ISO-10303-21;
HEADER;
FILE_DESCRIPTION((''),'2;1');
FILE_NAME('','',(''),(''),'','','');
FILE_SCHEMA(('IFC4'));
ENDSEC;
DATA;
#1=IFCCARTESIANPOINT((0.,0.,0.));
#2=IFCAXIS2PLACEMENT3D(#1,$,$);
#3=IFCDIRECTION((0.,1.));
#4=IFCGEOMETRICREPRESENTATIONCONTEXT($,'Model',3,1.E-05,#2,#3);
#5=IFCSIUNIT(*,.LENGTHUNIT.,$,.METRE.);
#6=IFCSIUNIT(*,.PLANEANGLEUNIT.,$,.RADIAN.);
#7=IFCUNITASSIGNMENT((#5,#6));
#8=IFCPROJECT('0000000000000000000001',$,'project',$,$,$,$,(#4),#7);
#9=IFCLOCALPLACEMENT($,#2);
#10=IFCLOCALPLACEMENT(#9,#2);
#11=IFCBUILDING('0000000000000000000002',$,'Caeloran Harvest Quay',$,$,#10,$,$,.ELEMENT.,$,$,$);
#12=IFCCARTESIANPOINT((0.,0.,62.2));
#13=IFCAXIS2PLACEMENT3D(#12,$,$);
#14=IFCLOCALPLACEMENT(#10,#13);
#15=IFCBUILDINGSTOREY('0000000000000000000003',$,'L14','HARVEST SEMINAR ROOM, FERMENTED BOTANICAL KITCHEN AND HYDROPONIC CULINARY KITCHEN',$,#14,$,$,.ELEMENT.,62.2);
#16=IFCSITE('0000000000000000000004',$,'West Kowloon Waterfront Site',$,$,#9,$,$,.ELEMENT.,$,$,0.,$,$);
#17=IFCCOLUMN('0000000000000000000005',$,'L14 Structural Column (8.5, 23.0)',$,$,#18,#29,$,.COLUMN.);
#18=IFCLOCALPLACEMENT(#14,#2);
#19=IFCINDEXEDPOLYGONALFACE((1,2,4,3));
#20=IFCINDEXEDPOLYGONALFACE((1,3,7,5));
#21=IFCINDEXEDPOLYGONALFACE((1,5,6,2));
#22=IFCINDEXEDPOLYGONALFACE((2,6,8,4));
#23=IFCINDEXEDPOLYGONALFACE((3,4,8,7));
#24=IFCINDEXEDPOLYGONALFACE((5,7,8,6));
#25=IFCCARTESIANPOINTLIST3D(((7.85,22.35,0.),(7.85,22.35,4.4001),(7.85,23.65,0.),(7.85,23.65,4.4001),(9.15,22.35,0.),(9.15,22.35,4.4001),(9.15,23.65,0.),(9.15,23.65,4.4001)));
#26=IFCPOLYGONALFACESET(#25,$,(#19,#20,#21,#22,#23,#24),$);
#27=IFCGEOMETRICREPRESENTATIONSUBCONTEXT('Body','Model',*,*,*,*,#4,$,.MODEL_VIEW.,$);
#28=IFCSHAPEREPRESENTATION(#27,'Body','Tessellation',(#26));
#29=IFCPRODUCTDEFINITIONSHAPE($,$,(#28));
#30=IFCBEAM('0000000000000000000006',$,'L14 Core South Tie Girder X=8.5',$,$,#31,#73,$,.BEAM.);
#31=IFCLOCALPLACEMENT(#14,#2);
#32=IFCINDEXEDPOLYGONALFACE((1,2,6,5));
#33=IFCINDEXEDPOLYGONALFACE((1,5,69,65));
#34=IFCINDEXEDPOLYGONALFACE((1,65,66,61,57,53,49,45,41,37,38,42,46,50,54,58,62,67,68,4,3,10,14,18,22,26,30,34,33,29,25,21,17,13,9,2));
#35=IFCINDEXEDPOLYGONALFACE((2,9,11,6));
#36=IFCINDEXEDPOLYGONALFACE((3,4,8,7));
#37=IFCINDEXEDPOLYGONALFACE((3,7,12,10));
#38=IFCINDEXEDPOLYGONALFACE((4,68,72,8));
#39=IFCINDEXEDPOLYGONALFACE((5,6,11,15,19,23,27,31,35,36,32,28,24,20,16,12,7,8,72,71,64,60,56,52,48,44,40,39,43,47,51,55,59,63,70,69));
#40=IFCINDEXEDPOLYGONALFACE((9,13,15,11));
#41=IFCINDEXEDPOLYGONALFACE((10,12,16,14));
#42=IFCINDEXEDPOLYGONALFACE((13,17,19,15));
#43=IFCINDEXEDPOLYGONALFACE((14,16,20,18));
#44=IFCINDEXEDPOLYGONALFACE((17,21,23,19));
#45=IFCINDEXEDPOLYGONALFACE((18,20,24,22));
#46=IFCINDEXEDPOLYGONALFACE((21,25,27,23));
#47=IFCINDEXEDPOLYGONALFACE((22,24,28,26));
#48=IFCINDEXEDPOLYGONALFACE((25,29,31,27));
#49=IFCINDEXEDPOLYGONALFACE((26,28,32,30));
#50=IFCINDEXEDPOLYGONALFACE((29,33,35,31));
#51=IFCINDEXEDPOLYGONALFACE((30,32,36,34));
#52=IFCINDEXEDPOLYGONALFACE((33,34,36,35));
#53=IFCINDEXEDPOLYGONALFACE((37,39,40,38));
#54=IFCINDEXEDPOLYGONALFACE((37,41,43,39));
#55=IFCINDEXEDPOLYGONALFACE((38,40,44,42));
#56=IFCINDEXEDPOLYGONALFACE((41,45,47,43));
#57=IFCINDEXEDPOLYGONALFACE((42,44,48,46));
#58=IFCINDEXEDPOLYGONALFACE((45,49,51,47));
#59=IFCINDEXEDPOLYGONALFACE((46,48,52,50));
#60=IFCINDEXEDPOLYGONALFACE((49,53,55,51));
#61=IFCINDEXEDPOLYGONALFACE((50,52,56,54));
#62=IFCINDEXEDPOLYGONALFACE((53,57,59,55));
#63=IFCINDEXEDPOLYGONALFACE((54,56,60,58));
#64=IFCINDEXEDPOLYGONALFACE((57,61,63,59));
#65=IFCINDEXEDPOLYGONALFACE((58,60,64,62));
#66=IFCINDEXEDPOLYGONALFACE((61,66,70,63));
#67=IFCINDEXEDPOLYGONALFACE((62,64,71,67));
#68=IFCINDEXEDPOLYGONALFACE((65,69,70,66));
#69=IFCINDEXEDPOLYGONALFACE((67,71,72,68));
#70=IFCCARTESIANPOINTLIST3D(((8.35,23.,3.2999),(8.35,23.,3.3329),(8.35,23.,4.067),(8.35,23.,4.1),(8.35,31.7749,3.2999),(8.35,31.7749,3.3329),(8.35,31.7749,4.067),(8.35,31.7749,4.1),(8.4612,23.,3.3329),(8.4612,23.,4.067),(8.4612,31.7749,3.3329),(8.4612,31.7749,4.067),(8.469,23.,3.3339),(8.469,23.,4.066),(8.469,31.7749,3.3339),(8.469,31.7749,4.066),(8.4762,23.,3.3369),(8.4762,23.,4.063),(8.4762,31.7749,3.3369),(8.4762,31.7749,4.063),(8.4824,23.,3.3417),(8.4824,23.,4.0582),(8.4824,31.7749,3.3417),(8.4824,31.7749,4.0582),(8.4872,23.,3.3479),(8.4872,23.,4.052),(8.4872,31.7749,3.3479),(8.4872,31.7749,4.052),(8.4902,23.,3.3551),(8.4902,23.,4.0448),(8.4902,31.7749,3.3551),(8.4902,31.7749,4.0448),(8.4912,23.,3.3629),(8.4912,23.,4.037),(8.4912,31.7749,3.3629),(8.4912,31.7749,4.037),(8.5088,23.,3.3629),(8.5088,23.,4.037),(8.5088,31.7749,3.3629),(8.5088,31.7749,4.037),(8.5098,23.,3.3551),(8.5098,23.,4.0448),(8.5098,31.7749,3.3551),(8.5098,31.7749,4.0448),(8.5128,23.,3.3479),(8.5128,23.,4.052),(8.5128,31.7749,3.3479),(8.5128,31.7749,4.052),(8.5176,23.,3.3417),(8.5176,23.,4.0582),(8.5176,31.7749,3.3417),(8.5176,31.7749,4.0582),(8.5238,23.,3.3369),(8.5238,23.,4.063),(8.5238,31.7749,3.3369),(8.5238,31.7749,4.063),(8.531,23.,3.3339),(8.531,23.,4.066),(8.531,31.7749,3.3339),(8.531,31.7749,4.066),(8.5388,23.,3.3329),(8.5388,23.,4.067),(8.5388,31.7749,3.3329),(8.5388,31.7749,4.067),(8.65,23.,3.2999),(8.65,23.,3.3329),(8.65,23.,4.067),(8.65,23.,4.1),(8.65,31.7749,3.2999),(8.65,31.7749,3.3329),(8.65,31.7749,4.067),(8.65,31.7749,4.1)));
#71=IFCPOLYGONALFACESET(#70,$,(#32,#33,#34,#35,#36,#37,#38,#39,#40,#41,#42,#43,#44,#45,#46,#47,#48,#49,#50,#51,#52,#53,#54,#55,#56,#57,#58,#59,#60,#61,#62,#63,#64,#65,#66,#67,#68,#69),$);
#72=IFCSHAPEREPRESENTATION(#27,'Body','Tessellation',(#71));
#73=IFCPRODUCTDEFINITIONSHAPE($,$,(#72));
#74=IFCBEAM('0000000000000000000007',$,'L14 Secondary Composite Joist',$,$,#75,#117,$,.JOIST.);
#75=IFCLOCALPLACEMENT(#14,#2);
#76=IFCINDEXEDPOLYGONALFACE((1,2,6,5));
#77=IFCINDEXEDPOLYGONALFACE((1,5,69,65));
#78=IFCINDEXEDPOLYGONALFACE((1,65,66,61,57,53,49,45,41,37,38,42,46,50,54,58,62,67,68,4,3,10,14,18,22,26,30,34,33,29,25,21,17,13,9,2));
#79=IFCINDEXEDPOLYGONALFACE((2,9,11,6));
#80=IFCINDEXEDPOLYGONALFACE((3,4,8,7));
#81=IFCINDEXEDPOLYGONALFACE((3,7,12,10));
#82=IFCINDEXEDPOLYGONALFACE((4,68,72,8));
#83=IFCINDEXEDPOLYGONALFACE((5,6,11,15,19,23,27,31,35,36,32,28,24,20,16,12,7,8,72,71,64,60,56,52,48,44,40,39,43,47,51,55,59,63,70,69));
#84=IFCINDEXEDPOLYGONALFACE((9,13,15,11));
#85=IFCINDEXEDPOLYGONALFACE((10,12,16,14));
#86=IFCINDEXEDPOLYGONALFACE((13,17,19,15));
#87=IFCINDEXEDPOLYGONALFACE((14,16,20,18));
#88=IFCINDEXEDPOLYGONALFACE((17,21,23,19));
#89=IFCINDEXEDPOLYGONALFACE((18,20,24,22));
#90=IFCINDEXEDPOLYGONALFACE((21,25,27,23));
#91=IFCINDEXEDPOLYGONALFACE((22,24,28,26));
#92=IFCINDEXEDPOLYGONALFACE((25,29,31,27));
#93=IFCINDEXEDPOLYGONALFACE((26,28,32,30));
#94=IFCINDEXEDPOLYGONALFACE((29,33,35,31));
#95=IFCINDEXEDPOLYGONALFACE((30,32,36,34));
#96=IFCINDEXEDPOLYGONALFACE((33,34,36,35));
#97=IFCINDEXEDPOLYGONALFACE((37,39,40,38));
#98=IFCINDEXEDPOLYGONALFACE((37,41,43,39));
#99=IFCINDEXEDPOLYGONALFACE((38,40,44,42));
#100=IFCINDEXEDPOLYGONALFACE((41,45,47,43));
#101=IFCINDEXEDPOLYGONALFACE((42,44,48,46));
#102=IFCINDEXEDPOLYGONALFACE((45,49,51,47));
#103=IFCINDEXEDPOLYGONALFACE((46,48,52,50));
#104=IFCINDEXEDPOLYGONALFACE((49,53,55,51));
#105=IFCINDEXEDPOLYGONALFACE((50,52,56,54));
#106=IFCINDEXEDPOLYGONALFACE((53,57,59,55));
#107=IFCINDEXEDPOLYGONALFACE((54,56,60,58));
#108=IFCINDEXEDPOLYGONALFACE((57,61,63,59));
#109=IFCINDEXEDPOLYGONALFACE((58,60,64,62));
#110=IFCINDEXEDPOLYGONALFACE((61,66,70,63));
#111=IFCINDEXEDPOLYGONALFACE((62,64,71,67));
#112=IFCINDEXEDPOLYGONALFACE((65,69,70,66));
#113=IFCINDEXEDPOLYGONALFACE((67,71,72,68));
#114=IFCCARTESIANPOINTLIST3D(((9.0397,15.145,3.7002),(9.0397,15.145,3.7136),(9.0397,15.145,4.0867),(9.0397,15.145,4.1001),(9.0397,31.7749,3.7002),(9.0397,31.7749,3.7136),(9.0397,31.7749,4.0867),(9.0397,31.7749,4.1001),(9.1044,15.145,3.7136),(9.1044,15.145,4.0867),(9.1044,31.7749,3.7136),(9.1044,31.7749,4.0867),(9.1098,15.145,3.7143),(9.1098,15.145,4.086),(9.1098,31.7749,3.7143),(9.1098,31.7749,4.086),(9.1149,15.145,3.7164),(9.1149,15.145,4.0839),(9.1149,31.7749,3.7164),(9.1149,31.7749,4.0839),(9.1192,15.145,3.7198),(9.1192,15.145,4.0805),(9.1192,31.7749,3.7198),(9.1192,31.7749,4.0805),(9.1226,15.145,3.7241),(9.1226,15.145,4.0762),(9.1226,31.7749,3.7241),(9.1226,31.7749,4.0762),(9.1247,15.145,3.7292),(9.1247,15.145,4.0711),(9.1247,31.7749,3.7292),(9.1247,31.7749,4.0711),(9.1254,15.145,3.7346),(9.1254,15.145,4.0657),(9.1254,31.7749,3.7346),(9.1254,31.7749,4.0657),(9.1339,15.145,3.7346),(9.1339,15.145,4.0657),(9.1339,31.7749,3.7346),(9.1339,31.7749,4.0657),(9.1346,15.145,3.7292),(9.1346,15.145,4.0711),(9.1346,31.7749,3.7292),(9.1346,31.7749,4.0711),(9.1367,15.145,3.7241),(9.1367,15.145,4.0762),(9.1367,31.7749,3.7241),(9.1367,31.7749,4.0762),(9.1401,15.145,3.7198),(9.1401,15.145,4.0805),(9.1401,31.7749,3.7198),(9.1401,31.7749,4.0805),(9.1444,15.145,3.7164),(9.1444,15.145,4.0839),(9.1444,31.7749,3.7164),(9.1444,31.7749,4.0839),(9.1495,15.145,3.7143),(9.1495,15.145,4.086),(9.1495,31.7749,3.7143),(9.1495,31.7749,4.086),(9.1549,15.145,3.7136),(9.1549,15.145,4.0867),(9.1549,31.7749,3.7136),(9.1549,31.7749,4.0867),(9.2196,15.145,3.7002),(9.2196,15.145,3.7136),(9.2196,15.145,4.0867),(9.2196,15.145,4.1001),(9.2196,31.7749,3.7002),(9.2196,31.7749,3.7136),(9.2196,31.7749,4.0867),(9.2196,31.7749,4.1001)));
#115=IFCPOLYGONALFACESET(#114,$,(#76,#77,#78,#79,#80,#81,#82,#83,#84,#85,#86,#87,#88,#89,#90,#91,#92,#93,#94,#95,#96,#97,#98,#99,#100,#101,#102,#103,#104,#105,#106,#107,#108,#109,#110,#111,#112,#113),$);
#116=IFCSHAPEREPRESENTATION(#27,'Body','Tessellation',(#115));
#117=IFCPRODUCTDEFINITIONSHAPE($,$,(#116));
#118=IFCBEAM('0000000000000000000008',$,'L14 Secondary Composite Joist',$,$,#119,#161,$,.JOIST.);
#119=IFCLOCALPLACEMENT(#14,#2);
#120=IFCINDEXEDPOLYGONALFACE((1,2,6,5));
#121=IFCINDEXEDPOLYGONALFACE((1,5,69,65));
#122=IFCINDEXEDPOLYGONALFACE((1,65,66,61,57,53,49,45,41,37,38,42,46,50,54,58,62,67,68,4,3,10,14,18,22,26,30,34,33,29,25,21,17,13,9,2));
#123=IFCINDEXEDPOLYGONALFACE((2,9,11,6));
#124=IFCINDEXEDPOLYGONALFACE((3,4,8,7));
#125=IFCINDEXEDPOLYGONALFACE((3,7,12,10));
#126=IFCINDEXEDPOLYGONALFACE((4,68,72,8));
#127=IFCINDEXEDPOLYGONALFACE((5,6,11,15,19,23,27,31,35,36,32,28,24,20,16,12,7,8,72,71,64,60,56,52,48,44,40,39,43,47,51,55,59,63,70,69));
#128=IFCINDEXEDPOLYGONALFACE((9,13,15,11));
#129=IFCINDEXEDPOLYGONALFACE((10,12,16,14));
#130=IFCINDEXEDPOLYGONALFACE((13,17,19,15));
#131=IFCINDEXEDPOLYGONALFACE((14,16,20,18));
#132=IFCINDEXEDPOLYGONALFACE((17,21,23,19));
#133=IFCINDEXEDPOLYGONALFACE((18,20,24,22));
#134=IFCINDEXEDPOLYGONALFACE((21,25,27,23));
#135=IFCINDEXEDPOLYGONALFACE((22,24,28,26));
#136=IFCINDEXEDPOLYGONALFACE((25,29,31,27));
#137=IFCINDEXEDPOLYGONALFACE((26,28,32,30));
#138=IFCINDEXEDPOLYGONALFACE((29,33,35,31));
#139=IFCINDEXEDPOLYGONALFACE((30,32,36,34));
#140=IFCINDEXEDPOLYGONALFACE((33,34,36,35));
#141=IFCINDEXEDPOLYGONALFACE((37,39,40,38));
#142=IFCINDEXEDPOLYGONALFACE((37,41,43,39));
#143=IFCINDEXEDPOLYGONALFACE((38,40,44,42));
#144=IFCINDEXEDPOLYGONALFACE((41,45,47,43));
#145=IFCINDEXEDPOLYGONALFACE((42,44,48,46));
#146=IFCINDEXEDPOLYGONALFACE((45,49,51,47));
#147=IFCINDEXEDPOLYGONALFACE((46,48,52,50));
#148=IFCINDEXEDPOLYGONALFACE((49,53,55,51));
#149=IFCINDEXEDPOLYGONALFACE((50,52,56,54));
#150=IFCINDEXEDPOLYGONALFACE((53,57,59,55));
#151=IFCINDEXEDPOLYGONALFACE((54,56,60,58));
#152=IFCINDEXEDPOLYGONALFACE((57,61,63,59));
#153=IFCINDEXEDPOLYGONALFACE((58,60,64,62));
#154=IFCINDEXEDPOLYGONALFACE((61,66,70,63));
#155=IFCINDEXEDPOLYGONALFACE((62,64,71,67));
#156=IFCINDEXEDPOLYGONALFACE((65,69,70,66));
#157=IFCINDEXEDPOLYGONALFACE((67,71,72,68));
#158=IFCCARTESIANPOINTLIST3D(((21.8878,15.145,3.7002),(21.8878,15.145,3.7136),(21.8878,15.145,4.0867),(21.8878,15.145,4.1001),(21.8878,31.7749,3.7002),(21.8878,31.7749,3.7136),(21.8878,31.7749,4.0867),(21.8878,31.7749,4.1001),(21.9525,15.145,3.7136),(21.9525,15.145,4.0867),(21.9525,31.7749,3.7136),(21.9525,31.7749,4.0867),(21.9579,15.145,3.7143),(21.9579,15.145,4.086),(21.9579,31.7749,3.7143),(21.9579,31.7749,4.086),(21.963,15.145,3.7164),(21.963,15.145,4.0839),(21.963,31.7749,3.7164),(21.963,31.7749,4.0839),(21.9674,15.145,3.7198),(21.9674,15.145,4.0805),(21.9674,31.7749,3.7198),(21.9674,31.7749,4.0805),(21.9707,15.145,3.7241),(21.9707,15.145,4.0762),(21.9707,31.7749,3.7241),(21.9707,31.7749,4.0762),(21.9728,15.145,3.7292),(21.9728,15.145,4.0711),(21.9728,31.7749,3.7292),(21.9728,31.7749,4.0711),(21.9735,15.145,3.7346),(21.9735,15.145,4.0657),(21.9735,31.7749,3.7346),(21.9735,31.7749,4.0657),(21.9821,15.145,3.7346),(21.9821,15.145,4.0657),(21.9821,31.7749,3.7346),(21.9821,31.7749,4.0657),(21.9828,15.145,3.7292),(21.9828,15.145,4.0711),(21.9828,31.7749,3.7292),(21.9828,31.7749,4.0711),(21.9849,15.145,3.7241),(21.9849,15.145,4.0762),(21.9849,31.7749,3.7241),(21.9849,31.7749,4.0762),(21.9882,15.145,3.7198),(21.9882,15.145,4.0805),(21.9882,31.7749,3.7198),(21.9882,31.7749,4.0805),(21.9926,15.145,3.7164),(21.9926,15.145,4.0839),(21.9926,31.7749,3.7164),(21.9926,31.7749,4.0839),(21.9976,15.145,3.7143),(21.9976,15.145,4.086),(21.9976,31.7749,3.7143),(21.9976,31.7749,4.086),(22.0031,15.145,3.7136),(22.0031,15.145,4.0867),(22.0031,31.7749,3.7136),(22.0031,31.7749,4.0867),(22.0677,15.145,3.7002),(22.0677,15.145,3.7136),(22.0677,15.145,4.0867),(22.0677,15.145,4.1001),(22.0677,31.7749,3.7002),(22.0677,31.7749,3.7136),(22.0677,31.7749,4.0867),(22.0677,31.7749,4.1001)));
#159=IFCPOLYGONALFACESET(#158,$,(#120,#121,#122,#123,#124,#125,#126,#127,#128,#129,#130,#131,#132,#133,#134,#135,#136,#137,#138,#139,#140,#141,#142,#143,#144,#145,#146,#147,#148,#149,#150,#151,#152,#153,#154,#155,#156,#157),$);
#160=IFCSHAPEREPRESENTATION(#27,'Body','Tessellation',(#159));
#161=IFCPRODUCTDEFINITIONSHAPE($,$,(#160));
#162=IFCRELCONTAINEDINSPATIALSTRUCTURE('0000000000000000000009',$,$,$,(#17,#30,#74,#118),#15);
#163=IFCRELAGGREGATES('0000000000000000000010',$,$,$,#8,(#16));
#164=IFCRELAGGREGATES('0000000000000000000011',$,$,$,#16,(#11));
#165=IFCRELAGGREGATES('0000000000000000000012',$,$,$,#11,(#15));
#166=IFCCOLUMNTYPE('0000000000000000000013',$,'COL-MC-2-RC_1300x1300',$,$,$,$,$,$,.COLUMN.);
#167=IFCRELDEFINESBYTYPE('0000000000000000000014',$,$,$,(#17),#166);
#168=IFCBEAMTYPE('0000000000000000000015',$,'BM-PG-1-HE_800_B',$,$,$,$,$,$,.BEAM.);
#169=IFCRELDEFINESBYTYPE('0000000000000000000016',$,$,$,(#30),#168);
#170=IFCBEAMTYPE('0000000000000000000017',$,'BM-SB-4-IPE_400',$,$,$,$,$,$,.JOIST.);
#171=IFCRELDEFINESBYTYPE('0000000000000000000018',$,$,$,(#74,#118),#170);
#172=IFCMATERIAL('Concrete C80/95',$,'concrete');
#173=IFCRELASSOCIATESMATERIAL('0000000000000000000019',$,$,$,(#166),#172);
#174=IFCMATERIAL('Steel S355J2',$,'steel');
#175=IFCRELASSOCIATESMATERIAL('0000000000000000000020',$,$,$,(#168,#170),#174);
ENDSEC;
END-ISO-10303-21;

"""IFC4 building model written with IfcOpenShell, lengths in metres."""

from ifc_helpers import new_model, si_unit, direction, frame, origin, origin_2d, place, context, subcontext, project, spatial, rectangle, i_section, extrude, material, material_profile, profile_set, type_object, element, save


model = new_model("IFC4")

# Units and contexts
model_context = context("Model", 3, precision=1e-05, world=origin(), true_north=direction((0.0, 1.0)))
body_context = subcontext(model_context, "Body", "Model", "MODEL_VIEW")
ifc_project = project(units=[si_unit("LENGTHUNIT", "METRE"), si_unit("PLANEANGLEUNIT", "RADIAN")], contexts=[model_context])

# Site, building, storey
site_placement = place(None, origin())
site = spatial("IfcSite", under=ifc_project, at=site_placement, Name="West Kowloon Waterfront Site", CompositionType="ELEMENT", RefElevation=0.0)
building_placement = place(site_placement, origin())
building = spatial("IfcBuilding", under=site, at=building_placement, Name="Caeloran Harvest Quay", CompositionType="ELEMENT")
storey_placement = place(building_placement, frame((0.0, 0.0, 62.2)))
storey = spatial("IfcBuildingStorey", under=building, at=storey_placement, Name="L14", Description="HARVEST SEMINAR ROOM, FERMENTED BOTANICAL KITCHEN AND HYDROPONIC CULINARY KITCHEN", CompositionType="ELEMENT", Elevation=62.2)

# Column
ifc_material_1 = material(Name="Concrete C80/95", Category="concrete")
ifc_material_profile_1 = material_profile(ifc_material_1, rectangle(XDim=1.3, YDim=1.3, at=origin_2d()), Name="RC 1300x1300")
ifc_profile_set_1 = profile_set([ifc_material_profile_1], Name="Concrete C80/95")
column_type = type_object("IfcColumnType", Name="COL-MC-2-RC_1300x1300", PredefinedType="COLUMN", material=ifc_profile_set_1)
column_placement = place(storey_placement, frame((8.5, 23.0, 0.0), z_axis=(0.0, 0.0, 1.0), x_axis=(1.0, 0.0, 0.0)))
element("IfcColumn", 1, at=column_placement, inside=storey, type_object=column_type, Name="L14 Structural Column (8.5, 23.0)", PredefinedType="COLUMN", context=body_context, shape_type="SweptSolid", body=[
    extrude(rectangle(XDim=1.3, YDim=1.3, at=origin_2d()), origin(), (0.0, 0.0, 1.0), 4.4001),
])

# Beams
ifc_material_2 = material(Name="Steel S355J2", Category="steel")
ifc_material_profile_2 = material_profile(ifc_material_2, i_section(OverallWidth=0.3, OverallDepth=0.8, WebThickness=0.0176, FlangeThickness=0.033, FilletRadius=0.03, at=origin_2d()), Name="HE 800 B")
ifc_profile_set_2 = profile_set([ifc_material_profile_2], Name="Steel S355J2")
beam_type_1 = type_object("IfcBeamType", Name="BM-PG-1-HE_800_B", PredefinedType="BEAM", material=ifc_profile_set_2)
beam_placement = place(storey_placement, frame((8.5, 23.0, 3.7), z_axis=(0.0, 1.0, 0.0), x_axis=(-1.0, 0.0, 0.0)))
element("IfcBeam", 2, at=beam_placement, inside=storey, type_object=beam_type_1, Name="L14 Core South Tie Girder X=8.5", PredefinedType="BEAM", context=body_context, shape_type="SweptSolid", body=[
    extrude(i_section(OverallWidth=0.3, OverallDepth=0.8, WebThickness=0.0176, FlangeThickness=0.033, FilletRadius=0.03, at=origin_2d()), origin(), (0.0, 0.0, 1.0), 8.7749),
])
ifc_material_profile_3 = material_profile(ifc_material_2, i_section(OverallWidth=0.1799, OverallDepth=0.3999, WebThickness=0.0085, FlangeThickness=0.0134, FilletRadius=0.021, at=origin_2d()), Name="IPE 400")
ifc_profile_set_3 = profile_set([ifc_material_profile_3], Name="Steel S355J2")
beam_type_2 = type_object("IfcBeamType", Name="BM-SB-4-IPE_400", PredefinedType="JOIST", material=ifc_profile_set_3)
for number, where, z_axis, x_axis, name in (
    (3, (9.1296, 15.145, 3.9001), (0.0, 1.0, 0.0), (-1.0, 0.0, 0.0), "L14 Secondary Composite Joist"),
    (4, (21.9778, 15.145, 3.9001), (0.0, 1.0, 0.0), (-1.0, 0.0, 0.0), "L14 Secondary Composite Joist"),
):
    element("IfcBeam", number, at=place(storey_placement, frame(where, z_axis=z_axis, x_axis=x_axis)), inside=storey, type_object=beam_type_2, Name=name, PredefinedType="JOIST", context=body_context, shape_type="SweptSolid", body=[
        extrude(i_section(OverallWidth=0.1799, OverallDepth=0.3999, WebThickness=0.0085, FlangeThickness=0.0134, FilletRadius=0.021, at=origin_2d()), origin(), (0.0, 0.0, 1.0), 16.6299),
    ])

save(model, "model.ifc")
